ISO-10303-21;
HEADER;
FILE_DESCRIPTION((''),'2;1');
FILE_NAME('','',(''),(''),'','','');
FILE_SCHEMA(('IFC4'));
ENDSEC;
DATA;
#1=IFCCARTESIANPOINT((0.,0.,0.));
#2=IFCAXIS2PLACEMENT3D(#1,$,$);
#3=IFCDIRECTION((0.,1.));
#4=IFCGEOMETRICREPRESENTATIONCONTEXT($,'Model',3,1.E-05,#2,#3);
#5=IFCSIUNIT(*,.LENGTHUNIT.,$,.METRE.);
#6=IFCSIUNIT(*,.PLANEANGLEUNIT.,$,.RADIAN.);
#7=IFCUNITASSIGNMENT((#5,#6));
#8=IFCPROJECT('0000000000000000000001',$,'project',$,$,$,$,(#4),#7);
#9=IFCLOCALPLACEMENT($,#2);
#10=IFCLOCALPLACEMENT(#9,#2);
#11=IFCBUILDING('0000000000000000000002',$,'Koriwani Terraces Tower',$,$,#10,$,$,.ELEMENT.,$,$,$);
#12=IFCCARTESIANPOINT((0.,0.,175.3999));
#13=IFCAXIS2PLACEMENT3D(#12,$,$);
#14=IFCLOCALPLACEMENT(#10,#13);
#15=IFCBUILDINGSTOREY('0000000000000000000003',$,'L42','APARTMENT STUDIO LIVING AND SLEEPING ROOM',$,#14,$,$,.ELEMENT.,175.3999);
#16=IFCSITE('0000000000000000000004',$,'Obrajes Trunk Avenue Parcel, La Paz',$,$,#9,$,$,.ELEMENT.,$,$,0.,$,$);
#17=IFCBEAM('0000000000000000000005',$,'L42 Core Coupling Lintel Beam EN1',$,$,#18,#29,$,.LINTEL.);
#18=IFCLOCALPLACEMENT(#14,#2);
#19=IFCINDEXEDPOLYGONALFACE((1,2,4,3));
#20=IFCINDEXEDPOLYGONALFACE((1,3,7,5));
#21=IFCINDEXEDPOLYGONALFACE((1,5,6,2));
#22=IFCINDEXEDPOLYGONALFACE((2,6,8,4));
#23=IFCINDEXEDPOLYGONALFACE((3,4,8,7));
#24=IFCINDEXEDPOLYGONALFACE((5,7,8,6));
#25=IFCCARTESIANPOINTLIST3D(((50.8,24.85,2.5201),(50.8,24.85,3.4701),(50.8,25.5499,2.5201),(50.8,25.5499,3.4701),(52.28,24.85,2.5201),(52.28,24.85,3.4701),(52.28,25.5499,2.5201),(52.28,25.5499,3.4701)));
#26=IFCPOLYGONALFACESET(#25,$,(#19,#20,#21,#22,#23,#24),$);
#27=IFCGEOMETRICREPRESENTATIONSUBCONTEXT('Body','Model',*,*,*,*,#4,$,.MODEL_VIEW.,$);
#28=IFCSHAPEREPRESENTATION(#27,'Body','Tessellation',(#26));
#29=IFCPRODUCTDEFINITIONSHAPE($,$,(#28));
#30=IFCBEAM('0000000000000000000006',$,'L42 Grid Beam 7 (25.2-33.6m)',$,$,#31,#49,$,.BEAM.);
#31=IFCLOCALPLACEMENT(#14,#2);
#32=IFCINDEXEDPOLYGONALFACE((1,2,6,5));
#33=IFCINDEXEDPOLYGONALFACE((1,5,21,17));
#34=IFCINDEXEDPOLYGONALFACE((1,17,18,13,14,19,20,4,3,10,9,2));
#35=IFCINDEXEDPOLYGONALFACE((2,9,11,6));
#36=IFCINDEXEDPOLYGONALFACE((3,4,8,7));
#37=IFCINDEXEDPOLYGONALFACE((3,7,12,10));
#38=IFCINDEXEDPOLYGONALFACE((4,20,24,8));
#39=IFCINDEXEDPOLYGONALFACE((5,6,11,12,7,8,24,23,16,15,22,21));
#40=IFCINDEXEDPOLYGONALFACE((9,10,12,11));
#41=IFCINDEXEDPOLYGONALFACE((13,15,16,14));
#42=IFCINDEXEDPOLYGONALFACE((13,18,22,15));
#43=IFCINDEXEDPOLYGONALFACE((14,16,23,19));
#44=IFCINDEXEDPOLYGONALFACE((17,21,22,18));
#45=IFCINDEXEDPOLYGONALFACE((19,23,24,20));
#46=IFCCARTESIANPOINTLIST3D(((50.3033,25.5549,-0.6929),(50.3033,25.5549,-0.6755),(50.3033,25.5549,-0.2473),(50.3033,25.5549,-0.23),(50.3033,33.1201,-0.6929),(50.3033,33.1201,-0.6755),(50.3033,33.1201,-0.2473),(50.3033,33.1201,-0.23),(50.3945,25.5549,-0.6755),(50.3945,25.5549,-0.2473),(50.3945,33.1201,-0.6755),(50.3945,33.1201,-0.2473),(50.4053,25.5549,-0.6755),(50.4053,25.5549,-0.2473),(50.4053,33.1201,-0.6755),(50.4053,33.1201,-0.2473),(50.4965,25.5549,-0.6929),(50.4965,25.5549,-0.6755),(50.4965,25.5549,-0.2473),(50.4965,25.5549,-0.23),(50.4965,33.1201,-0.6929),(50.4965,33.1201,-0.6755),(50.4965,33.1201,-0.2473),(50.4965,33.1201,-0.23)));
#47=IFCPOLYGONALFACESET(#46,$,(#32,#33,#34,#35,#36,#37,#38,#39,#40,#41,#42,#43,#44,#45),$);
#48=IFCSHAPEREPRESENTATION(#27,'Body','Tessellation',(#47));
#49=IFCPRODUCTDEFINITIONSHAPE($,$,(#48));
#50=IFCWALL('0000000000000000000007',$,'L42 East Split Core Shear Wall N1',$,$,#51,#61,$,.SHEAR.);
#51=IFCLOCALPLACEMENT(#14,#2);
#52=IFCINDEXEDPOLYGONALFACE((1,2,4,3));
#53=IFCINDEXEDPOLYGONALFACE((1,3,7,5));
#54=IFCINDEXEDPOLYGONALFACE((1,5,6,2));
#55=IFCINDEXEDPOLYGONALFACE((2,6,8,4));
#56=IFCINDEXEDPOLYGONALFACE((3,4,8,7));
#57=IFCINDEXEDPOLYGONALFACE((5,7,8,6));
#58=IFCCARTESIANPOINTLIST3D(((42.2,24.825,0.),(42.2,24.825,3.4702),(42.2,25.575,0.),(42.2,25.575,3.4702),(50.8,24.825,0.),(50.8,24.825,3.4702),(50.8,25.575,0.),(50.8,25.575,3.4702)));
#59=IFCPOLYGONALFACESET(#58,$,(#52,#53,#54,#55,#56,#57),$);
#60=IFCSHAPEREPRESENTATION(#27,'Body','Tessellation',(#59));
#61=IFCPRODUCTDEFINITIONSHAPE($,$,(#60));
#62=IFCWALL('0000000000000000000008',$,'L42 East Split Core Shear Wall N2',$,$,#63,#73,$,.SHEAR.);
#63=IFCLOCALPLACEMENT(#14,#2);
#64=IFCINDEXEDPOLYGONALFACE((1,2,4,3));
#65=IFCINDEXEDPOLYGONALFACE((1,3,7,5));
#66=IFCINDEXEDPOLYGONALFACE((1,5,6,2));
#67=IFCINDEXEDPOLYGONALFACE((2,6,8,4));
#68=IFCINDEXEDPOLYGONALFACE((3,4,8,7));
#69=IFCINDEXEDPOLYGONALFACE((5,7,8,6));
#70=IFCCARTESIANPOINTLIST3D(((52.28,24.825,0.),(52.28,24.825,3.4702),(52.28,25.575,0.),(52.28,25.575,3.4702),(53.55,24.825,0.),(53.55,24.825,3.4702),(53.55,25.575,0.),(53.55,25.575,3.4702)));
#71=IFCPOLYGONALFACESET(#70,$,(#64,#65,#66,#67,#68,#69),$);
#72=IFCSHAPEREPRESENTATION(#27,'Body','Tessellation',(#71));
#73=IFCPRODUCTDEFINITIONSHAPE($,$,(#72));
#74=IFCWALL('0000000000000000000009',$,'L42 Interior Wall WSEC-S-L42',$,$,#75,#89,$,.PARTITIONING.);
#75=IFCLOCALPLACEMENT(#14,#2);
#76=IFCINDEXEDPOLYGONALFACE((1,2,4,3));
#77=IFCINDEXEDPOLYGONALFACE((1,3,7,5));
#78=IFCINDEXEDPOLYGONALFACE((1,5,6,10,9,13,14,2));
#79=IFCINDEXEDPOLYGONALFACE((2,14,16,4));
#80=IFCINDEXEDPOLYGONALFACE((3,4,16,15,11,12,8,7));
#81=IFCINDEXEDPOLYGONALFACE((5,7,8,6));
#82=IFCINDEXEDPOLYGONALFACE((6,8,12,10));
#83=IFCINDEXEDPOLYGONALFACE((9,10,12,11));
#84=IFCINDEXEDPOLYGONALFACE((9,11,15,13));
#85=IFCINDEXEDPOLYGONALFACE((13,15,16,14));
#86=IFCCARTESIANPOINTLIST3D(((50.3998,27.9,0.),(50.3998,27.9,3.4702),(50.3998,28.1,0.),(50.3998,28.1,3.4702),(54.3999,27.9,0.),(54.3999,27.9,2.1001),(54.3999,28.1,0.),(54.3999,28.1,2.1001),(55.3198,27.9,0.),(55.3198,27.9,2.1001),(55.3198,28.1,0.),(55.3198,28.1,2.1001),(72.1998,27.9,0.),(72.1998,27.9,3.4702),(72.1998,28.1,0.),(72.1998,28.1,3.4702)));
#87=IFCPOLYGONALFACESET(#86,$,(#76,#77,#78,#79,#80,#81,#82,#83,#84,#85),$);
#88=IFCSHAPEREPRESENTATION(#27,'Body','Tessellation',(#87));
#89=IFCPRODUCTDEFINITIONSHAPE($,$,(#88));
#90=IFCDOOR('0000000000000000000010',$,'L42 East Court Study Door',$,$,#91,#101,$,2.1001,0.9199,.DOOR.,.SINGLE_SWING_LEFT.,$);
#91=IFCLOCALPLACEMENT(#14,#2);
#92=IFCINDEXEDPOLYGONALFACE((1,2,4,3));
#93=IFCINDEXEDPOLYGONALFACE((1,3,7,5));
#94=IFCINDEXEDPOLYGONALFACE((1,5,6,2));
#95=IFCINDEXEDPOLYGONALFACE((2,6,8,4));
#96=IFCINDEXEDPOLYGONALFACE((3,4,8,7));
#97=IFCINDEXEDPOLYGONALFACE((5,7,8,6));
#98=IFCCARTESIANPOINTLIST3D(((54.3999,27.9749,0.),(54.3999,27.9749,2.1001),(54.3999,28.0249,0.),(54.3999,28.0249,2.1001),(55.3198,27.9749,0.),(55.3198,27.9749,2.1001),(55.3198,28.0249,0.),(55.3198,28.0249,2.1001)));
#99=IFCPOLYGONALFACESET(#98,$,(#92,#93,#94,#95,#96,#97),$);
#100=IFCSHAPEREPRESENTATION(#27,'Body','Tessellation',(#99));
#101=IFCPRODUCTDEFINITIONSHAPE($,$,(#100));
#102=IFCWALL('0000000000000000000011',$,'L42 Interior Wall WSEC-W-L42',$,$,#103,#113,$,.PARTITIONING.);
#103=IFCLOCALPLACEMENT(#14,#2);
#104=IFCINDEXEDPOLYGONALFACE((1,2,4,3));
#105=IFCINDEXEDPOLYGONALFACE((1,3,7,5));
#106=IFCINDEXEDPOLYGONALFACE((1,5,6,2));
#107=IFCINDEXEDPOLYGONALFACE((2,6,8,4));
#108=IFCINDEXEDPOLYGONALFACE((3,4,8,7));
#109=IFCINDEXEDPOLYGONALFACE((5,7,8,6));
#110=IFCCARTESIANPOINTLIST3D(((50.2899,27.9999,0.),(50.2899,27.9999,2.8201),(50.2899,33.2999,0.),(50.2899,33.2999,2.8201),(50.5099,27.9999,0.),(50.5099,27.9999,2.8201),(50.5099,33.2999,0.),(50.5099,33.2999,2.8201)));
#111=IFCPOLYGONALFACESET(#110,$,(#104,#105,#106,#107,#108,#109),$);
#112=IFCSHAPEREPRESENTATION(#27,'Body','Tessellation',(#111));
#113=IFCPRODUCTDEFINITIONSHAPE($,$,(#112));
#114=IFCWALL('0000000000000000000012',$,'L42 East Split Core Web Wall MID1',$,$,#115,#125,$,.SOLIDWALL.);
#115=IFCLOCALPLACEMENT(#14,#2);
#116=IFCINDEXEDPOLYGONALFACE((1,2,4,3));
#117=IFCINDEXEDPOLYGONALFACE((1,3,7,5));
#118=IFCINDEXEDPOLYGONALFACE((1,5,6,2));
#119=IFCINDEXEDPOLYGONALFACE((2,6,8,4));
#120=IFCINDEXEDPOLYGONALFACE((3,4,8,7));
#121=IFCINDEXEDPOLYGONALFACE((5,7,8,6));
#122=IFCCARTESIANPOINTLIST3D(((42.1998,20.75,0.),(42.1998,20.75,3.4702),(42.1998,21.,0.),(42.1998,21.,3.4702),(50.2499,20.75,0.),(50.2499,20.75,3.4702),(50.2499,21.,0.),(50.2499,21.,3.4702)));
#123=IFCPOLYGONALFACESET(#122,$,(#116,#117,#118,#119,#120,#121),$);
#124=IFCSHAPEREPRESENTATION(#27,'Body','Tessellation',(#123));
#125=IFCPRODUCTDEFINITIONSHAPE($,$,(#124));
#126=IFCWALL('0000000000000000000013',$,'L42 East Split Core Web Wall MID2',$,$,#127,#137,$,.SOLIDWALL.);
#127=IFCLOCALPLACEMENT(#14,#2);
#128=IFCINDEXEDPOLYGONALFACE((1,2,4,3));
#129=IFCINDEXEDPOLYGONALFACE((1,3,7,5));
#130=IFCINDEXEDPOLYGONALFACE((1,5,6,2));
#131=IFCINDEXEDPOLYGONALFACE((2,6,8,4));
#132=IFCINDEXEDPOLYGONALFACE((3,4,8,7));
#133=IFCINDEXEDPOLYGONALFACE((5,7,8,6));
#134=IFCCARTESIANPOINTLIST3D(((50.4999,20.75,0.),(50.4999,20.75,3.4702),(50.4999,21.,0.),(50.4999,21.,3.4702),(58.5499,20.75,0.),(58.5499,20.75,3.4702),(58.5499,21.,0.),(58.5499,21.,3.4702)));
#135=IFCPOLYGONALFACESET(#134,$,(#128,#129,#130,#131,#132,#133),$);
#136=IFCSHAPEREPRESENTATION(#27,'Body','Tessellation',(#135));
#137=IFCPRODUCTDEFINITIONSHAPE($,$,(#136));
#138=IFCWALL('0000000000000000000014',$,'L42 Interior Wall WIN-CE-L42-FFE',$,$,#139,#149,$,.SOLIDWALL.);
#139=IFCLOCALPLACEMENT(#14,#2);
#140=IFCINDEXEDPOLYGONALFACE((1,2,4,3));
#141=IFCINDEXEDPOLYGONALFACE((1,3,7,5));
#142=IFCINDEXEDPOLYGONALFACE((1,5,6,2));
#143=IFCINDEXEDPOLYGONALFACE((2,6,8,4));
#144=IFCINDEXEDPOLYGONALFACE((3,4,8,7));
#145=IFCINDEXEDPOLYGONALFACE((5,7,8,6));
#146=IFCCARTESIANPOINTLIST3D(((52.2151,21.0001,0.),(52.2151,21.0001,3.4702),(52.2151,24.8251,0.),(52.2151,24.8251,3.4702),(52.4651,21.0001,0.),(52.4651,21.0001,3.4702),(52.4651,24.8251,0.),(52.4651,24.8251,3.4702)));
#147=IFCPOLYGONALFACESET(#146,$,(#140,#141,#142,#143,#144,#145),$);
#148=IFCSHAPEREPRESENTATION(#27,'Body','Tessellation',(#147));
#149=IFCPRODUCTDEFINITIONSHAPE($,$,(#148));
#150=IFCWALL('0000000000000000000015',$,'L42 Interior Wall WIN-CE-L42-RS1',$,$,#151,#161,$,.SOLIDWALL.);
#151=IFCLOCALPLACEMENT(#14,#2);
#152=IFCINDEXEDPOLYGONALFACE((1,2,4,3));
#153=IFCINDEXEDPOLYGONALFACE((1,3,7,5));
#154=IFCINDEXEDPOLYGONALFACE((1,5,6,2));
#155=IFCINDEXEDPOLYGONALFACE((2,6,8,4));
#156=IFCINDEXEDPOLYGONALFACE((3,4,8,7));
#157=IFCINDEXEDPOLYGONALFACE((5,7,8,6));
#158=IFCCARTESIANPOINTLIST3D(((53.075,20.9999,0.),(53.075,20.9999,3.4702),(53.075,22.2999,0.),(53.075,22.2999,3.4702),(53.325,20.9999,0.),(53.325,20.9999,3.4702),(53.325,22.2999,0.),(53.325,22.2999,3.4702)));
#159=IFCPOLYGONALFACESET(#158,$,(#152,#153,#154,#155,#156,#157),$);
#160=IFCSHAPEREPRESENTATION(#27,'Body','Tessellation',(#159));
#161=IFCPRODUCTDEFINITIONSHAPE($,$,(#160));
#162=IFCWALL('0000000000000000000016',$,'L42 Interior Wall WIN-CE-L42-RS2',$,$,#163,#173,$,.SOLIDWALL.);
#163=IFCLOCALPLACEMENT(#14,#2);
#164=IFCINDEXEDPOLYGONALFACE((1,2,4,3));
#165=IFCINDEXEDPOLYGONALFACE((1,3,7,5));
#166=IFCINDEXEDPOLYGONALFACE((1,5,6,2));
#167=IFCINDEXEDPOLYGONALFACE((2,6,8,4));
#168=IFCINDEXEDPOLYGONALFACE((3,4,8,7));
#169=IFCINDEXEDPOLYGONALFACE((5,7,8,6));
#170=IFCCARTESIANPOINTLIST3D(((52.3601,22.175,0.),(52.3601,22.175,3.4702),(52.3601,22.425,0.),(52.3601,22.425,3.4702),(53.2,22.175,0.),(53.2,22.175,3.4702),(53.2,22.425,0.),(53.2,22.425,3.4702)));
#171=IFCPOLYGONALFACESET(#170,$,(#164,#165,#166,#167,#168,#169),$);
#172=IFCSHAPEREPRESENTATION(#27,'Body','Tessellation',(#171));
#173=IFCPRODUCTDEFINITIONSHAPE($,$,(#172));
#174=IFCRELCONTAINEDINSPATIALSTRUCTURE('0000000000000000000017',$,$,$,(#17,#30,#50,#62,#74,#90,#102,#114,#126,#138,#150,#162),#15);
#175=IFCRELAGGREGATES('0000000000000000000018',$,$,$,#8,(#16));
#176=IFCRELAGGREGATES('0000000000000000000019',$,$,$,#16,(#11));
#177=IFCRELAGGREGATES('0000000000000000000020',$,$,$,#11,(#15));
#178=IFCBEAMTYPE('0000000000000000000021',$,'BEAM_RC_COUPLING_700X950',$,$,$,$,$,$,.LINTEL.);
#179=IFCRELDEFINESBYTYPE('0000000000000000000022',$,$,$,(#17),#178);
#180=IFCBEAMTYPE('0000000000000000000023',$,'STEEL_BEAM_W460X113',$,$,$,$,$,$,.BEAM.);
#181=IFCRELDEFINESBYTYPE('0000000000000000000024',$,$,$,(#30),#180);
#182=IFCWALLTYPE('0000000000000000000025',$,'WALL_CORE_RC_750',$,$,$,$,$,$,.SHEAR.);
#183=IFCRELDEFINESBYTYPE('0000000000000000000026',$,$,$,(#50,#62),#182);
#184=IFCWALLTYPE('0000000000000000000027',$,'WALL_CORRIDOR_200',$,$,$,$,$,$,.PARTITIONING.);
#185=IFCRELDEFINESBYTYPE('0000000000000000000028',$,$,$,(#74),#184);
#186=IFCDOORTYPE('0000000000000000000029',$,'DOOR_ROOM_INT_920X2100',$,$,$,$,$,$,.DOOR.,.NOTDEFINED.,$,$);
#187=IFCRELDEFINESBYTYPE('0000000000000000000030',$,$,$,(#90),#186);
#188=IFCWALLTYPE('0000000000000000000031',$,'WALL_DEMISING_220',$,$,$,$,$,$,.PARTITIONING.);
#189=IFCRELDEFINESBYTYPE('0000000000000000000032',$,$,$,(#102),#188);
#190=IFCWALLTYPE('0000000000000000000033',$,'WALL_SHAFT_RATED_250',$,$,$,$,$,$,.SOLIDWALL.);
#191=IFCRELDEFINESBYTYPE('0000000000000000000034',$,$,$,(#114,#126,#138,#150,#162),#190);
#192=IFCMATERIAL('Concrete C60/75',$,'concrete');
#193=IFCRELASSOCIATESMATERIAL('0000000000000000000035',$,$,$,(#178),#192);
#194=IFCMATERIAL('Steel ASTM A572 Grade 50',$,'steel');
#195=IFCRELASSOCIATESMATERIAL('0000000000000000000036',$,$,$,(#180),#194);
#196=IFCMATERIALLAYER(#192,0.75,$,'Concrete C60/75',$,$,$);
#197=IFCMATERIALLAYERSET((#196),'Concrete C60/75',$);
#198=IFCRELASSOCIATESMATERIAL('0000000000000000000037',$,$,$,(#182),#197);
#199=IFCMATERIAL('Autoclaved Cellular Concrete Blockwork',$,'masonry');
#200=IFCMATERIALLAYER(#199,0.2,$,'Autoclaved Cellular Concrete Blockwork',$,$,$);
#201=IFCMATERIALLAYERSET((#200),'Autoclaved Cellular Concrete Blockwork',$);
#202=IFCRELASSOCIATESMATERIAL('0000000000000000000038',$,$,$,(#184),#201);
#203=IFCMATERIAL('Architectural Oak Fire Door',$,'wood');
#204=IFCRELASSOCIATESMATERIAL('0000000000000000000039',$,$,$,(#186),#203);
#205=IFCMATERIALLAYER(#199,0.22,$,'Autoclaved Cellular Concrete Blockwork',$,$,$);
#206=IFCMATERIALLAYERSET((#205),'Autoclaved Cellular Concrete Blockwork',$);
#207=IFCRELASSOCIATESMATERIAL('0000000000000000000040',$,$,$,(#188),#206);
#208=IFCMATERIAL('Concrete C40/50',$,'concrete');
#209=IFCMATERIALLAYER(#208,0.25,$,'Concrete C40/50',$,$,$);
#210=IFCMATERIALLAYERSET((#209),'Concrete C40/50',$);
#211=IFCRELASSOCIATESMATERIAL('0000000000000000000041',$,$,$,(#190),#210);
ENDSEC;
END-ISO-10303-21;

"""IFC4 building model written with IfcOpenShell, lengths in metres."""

from ifc_helpers import new_model, si_unit, direction, frame, frame_2d, origin, origin_2d, place, context, subcontext, project, spatial, rectangle, i_section, extrude, material, layer, layer_set, material_profile, profile_set, type_object, element, fill, save


model = new_model("IFC4")

# Units and contexts
model_context = context("Model", 3, precision=1e-05, world=origin(), true_north=direction((0.0, 1.0)))
body_context = subcontext(model_context, "Body", "Model", "MODEL_VIEW")
ifc_project = project(units=[si_unit("LENGTHUNIT", "METRE"), si_unit("PLANEANGLEUNIT", "RADIAN")], contexts=[model_context])

# Site, building, storey
site_placement = place(None, origin())
site = spatial("IfcSite", under=ifc_project, at=site_placement, Name="Obrajes Trunk Avenue Parcel, La Paz", CompositionType="ELEMENT", RefElevation=0.0)
building_placement = place(site_placement, origin())
building = spatial("IfcBuilding", under=site, at=building_placement, Name="Koriwani Terraces Tower", CompositionType="ELEMENT")
storey_placement = place(building_placement, frame((0.0, 0.0, 175.3999)))
storey = spatial("IfcBuildingStorey", under=building, at=storey_placement, Name="L42", Description="APARTMENT STUDIO LIVING AND SLEEPING ROOM", CompositionType="ELEMENT", Elevation=175.3999)

# Beams
ifc_material_1 = material(Name="Concrete C60/75", Category="concrete")
ifc_material_profile_1 = material_profile(ifc_material_1, rectangle(XDim=0.7, YDim=0.95, at=origin_2d()), Name="Concrete C60/75", Category="LoadBearing")
ifc_profile_set_1 = profile_set([ifc_material_profile_1], Name="Concrete C60/75")
beam_type_1 = type_object("IfcBeamType", Name="BEAM_RC_COUPLING_700X950", PredefinedType="LINTEL", material=ifc_profile_set_1)
beam_1_placement = place(storey_placement, frame((50.8, 25.2, 2.9951), z_axis=(1.0, 0.0, 0.0), x_axis=(0.0, 1.0, 0.0)))
element("IfcBeam", 1, at=beam_1_placement, inside=storey, type_object=beam_type_1, Name="L42 Core Coupling Lintel Beam EN1", PredefinedType="LINTEL", context=body_context, shape_type="SweptSolid", body=[
    extrude(rectangle(XDim=0.7, YDim=0.95, at=origin_2d()), origin(), (0.0, 0.0, 1.0), 1.48),
])
ifc_material_2 = material(Name="Steel ASTM A572 Grade 50", Category="steel")
ifc_material_profile_2 = material_profile(ifc_material_2, i_section(OverallWidth=0.1931, OverallDepth=0.4629, WebThickness=0.0107, FlangeThickness=0.0173, at=origin_2d()), Name="Steel ASTM A572 Grade 50", Category="LoadBearing")
ifc_profile_set_2 = profile_set([ifc_material_profile_2], Name="Steel ASTM A572 Grade 50")
beam_type_2 = type_object("IfcBeamType", Name="STEEL_BEAM_W460X113", PredefinedType="BEAM", material=ifc_profile_set_2)
beam_2_placement = place(storey_placement, frame((50.3999, 25.5549, -0.4614), z_axis=(0.0, 1.0, 0.0), x_axis=(-1.0, 0.0, 0.0)))
element("IfcBeam", 2, at=beam_2_placement, inside=storey, type_object=beam_type_2, Name="L42 Grid Beam 7 (25.2-33.6m)", PredefinedType="BEAM", context=body_context, shape_type="SweptSolid", body=[
    extrude(i_section(OverallWidth=0.1931, OverallDepth=0.4629, WebThickness=0.0107, FlangeThickness=0.0173, at=origin_2d()), origin(), (0.0, 0.0, 1.0), 7.5652),
])

# Walls
ifc_layer_1 = layer(ifc_material_1, 0.75, Name="Concrete C60/75")
ifc_layer_set_1 = layer_set([ifc_layer_1], Name="Concrete C60/75")
wall_type_1 = type_object("IfcWallType", Name="WALL_CORE_RC_750", PredefinedType="SHEAR", material=ifc_layer_set_1)
wall_1_placement = place(storey_placement, frame((42.2, 25.2, 0.0), z_axis=(0.0, 0.0, 1.0), x_axis=(1.0, 0.0, 0.0)))
element("IfcWall", 3, at=wall_1_placement, inside=storey, type_object=wall_type_1, Name="L42 East Split Core Shear Wall N1", PredefinedType="SHEAR", context=body_context, shape_type="SweptSolid", body=[
    extrude(rectangle(XDim=8.6001, YDim=0.75, at=frame_2d((4.3, 0.0))), origin(), (0.0, 0.0, 1.0), 3.4702),
])
wall_2_placement = place(storey_placement, frame((52.28, 25.2, 0.0), z_axis=(0.0, 0.0, 1.0), x_axis=(1.0, 0.0, 0.0)))
element("IfcWall", 4, at=wall_2_placement, inside=storey, type_object=wall_type_1, Name="L42 East Split Core Shear Wall N2", PredefinedType="SHEAR", context=body_context, shape_type="SweptSolid", body=[
    extrude(rectangle(XDim=1.27, YDim=0.75, at=frame_2d((0.635, 0.0))), origin(), (0.0, 0.0, 1.0), 3.4702),
])

# Wall, opening, door
ifc_material_3 = material(Name="Autoclaved Cellular Concrete Blockwork", Category="masonry")
ifc_layer_2 = layer(ifc_material_3, 0.2, Name="Autoclaved Cellular Concrete Blockwork")
ifc_layer_set_2 = layer_set([ifc_layer_2], Name="Autoclaved Cellular Concrete Blockwork")
wall_type_2 = type_object("IfcWallType", Name="WALL_CORRIDOR_200", PredefinedType="PARTITIONING", material=ifc_layer_set_2)
wall_3_placement = place(storey_placement, frame((50.3999, 28.0, 0.0), z_axis=(0.0, 0.0, 1.0), x_axis=(1.0, 0.0, 0.0)))
wall_3 = element("IfcWall", 5, at=wall_3_placement, inside=storey, type_object=wall_type_2, Name="L42 Interior Wall WSEC-S-L42", PredefinedType="PARTITIONING", context=body_context, shape_type="SweptSolid", body=[
    extrude(rectangle(XDim=21.8, YDim=0.2, at=frame_2d((10.8999, 0.0))), origin(), (0.0, 0.0, 1.0), 3.4702),
])
opening_1_placement = place(wall_3_placement, frame((4.0, 0.0, 0.0)))
opening_1 = element("IfcOpeningElement", 6, at=opening_1_placement, cuts=wall_3, PredefinedType="OPENING", context=body_context, shape_type="SweptSolid", body=[
    extrude(rectangle(XDim=0.9199, YDim=2.1001, at=frame_2d((0.46, 1.05))), frame((0.0, 0.1099, 0.0), z_axis=(0.0, -1.0, 0.0), x_axis=(1.0, 0.0, 0.0)), (0.0, 0.0, 1.0), 0.22),
])
ifc_material_4 = material(Name="Architectural Oak Fire Door", Category="wood")
door_type_1 = type_object("IfcDoorType", Name="DOOR_ROOM_INT_920X2100", OperationType="NOTDEFINED", PredefinedType="DOOR", material=ifc_material_4)
door_1_placement = place(opening_1_placement, origin())
door_1 = element("IfcDoor", 7, at=door_1_placement, inside=storey, type_object=door_type_1, Name="L42 East Court Study Door", OperationType="SINGLE_SWING_LEFT", OverallHeight=2.1001, OverallWidth=0.9199, PredefinedType="DOOR", context=body_context, shape_type="SweptSolid", body=[
    extrude(rectangle(XDim=0.9199, YDim=2.1001, at=frame_2d((0.46, 1.05))), frame((0.0, 0.0249, 0.0), z_axis=(0.0, -1.0, 0.0), x_axis=(1.0, 0.0, 0.0)), (0.0, 0.0, 1.0), 0.05),
])
fill(opening_1, door_1)

# Walls
ifc_layer_3 = layer(ifc_material_3, 0.22, Name="Autoclaved Cellular Concrete Blockwork")
ifc_layer_set_3 = layer_set([ifc_layer_3], Name="Autoclaved Cellular Concrete Blockwork")
wall_type_3 = type_object("IfcWallType", Name="WALL_DEMISING_220", PredefinedType="PARTITIONING", material=ifc_layer_set_3)
wall_4_placement = place(storey_placement, frame((50.3999, 28.0, 0.0), z_axis=(0.0, 0.0, 1.0), x_axis=(0.0, 1.0, 0.0)))
element("IfcWall", 8, at=wall_4_placement, inside=storey, type_object=wall_type_3, Name="L42 Interior Wall WSEC-W-L42", PredefinedType="PARTITIONING", context=body_context, shape_type="SweptSolid", body=[
    extrude(rectangle(XDim=5.3, YDim=0.22, at=frame_2d((2.6499, 0.0))), origin(), (0.0, 0.0, 1.0), 2.8201),
])
ifc_material_5 = material(Name="Concrete C40/50", Category="concrete")
ifc_layer_4 = layer(ifc_material_5, 0.25, Name="Concrete C40/50")
ifc_layer_set_4 = layer_set([ifc_layer_4], Name="Concrete C40/50")
wall_type_4 = type_object("IfcWallType", Name="WALL_SHAFT_RATED_250", PredefinedType="SOLIDWALL", material=ifc_layer_set_4)
for number, where, z_axis, x_axis, name in (
    (9, (42.2, 20.875, 0.0), (0.0, 0.0, 1.0), (1.0, 0.0, 0.0), "L42 East Split Core Web Wall MID1"),
    (10, (50.5, 20.875, 0.0), (0.0, 0.0, 1.0), (1.0, 0.0, 0.0), "L42 East Split Core Web Wall MID2"),
):
    element("IfcWall", number, at=place(storey_placement, frame(where, z_axis=z_axis, x_axis=x_axis)), inside=storey, type_object=wall_type_4, Name=name, PredefinedType="SOLIDWALL", context=body_context, shape_type="SweptSolid", body=[
        extrude(rectangle(XDim=8.05, YDim=0.25, at=frame_2d((4.0249, 0.0))), origin(), (0.0, 0.0, 1.0), 3.4702),
    ])

# Walls
wall_5_placement = place(storey_placement, frame((52.3401, 21.0, 0.0), z_axis=(0.0, 0.0, 1.0), x_axis=(0.0, 1.0, 0.0)))
element("IfcWall", 11, at=wall_5_placement, inside=storey, type_object=wall_type_4, Name="L42 Interior Wall WIN-CE-L42-FFE", PredefinedType="SOLIDWALL", context=body_context, shape_type="SweptSolid", body=[
    extrude(rectangle(XDim=3.825, YDim=0.25, at=frame_2d((1.9126, 0.0))), origin(), (0.0, 0.0, 1.0), 3.4702),
])
wall_6_placement = place(storey_placement, frame((53.2, 21.0, 0.0), z_axis=(0.0, 0.0, 1.0), x_axis=(0.0, 1.0, 0.0)))
element("IfcWall", 12, at=wall_6_placement, inside=storey, type_object=wall_type_4, Name="L42 Interior Wall WIN-CE-L42-RS1", PredefinedType="SOLIDWALL", context=body_context, shape_type="SweptSolid", body=[
    extrude(rectangle(XDim=1.3, YDim=0.25, at=frame_2d((0.6499, 0.0))), origin(), (0.0, 0.0, 1.0), 3.4702),
])
wall_7_placement = place(storey_placement, frame((52.3601, 22.3, 0.0), z_axis=(0.0, 0.0, 1.0), x_axis=(1.0, 0.0, 0.0)))
element("IfcWall", 13, at=wall_7_placement, inside=storey, type_object=wall_type_4, Name="L42 Interior Wall WIN-CE-L42-RS2", PredefinedType="SOLIDWALL", context=body_context, shape_type="SweptSolid", body=[
    extrude(rectangle(XDim=0.8398, YDim=0.25, at=frame_2d((0.4199, 0.0))), origin(), (0.0, 0.0, 1.0), 3.4702),
])

save(model, "model.ifc")
